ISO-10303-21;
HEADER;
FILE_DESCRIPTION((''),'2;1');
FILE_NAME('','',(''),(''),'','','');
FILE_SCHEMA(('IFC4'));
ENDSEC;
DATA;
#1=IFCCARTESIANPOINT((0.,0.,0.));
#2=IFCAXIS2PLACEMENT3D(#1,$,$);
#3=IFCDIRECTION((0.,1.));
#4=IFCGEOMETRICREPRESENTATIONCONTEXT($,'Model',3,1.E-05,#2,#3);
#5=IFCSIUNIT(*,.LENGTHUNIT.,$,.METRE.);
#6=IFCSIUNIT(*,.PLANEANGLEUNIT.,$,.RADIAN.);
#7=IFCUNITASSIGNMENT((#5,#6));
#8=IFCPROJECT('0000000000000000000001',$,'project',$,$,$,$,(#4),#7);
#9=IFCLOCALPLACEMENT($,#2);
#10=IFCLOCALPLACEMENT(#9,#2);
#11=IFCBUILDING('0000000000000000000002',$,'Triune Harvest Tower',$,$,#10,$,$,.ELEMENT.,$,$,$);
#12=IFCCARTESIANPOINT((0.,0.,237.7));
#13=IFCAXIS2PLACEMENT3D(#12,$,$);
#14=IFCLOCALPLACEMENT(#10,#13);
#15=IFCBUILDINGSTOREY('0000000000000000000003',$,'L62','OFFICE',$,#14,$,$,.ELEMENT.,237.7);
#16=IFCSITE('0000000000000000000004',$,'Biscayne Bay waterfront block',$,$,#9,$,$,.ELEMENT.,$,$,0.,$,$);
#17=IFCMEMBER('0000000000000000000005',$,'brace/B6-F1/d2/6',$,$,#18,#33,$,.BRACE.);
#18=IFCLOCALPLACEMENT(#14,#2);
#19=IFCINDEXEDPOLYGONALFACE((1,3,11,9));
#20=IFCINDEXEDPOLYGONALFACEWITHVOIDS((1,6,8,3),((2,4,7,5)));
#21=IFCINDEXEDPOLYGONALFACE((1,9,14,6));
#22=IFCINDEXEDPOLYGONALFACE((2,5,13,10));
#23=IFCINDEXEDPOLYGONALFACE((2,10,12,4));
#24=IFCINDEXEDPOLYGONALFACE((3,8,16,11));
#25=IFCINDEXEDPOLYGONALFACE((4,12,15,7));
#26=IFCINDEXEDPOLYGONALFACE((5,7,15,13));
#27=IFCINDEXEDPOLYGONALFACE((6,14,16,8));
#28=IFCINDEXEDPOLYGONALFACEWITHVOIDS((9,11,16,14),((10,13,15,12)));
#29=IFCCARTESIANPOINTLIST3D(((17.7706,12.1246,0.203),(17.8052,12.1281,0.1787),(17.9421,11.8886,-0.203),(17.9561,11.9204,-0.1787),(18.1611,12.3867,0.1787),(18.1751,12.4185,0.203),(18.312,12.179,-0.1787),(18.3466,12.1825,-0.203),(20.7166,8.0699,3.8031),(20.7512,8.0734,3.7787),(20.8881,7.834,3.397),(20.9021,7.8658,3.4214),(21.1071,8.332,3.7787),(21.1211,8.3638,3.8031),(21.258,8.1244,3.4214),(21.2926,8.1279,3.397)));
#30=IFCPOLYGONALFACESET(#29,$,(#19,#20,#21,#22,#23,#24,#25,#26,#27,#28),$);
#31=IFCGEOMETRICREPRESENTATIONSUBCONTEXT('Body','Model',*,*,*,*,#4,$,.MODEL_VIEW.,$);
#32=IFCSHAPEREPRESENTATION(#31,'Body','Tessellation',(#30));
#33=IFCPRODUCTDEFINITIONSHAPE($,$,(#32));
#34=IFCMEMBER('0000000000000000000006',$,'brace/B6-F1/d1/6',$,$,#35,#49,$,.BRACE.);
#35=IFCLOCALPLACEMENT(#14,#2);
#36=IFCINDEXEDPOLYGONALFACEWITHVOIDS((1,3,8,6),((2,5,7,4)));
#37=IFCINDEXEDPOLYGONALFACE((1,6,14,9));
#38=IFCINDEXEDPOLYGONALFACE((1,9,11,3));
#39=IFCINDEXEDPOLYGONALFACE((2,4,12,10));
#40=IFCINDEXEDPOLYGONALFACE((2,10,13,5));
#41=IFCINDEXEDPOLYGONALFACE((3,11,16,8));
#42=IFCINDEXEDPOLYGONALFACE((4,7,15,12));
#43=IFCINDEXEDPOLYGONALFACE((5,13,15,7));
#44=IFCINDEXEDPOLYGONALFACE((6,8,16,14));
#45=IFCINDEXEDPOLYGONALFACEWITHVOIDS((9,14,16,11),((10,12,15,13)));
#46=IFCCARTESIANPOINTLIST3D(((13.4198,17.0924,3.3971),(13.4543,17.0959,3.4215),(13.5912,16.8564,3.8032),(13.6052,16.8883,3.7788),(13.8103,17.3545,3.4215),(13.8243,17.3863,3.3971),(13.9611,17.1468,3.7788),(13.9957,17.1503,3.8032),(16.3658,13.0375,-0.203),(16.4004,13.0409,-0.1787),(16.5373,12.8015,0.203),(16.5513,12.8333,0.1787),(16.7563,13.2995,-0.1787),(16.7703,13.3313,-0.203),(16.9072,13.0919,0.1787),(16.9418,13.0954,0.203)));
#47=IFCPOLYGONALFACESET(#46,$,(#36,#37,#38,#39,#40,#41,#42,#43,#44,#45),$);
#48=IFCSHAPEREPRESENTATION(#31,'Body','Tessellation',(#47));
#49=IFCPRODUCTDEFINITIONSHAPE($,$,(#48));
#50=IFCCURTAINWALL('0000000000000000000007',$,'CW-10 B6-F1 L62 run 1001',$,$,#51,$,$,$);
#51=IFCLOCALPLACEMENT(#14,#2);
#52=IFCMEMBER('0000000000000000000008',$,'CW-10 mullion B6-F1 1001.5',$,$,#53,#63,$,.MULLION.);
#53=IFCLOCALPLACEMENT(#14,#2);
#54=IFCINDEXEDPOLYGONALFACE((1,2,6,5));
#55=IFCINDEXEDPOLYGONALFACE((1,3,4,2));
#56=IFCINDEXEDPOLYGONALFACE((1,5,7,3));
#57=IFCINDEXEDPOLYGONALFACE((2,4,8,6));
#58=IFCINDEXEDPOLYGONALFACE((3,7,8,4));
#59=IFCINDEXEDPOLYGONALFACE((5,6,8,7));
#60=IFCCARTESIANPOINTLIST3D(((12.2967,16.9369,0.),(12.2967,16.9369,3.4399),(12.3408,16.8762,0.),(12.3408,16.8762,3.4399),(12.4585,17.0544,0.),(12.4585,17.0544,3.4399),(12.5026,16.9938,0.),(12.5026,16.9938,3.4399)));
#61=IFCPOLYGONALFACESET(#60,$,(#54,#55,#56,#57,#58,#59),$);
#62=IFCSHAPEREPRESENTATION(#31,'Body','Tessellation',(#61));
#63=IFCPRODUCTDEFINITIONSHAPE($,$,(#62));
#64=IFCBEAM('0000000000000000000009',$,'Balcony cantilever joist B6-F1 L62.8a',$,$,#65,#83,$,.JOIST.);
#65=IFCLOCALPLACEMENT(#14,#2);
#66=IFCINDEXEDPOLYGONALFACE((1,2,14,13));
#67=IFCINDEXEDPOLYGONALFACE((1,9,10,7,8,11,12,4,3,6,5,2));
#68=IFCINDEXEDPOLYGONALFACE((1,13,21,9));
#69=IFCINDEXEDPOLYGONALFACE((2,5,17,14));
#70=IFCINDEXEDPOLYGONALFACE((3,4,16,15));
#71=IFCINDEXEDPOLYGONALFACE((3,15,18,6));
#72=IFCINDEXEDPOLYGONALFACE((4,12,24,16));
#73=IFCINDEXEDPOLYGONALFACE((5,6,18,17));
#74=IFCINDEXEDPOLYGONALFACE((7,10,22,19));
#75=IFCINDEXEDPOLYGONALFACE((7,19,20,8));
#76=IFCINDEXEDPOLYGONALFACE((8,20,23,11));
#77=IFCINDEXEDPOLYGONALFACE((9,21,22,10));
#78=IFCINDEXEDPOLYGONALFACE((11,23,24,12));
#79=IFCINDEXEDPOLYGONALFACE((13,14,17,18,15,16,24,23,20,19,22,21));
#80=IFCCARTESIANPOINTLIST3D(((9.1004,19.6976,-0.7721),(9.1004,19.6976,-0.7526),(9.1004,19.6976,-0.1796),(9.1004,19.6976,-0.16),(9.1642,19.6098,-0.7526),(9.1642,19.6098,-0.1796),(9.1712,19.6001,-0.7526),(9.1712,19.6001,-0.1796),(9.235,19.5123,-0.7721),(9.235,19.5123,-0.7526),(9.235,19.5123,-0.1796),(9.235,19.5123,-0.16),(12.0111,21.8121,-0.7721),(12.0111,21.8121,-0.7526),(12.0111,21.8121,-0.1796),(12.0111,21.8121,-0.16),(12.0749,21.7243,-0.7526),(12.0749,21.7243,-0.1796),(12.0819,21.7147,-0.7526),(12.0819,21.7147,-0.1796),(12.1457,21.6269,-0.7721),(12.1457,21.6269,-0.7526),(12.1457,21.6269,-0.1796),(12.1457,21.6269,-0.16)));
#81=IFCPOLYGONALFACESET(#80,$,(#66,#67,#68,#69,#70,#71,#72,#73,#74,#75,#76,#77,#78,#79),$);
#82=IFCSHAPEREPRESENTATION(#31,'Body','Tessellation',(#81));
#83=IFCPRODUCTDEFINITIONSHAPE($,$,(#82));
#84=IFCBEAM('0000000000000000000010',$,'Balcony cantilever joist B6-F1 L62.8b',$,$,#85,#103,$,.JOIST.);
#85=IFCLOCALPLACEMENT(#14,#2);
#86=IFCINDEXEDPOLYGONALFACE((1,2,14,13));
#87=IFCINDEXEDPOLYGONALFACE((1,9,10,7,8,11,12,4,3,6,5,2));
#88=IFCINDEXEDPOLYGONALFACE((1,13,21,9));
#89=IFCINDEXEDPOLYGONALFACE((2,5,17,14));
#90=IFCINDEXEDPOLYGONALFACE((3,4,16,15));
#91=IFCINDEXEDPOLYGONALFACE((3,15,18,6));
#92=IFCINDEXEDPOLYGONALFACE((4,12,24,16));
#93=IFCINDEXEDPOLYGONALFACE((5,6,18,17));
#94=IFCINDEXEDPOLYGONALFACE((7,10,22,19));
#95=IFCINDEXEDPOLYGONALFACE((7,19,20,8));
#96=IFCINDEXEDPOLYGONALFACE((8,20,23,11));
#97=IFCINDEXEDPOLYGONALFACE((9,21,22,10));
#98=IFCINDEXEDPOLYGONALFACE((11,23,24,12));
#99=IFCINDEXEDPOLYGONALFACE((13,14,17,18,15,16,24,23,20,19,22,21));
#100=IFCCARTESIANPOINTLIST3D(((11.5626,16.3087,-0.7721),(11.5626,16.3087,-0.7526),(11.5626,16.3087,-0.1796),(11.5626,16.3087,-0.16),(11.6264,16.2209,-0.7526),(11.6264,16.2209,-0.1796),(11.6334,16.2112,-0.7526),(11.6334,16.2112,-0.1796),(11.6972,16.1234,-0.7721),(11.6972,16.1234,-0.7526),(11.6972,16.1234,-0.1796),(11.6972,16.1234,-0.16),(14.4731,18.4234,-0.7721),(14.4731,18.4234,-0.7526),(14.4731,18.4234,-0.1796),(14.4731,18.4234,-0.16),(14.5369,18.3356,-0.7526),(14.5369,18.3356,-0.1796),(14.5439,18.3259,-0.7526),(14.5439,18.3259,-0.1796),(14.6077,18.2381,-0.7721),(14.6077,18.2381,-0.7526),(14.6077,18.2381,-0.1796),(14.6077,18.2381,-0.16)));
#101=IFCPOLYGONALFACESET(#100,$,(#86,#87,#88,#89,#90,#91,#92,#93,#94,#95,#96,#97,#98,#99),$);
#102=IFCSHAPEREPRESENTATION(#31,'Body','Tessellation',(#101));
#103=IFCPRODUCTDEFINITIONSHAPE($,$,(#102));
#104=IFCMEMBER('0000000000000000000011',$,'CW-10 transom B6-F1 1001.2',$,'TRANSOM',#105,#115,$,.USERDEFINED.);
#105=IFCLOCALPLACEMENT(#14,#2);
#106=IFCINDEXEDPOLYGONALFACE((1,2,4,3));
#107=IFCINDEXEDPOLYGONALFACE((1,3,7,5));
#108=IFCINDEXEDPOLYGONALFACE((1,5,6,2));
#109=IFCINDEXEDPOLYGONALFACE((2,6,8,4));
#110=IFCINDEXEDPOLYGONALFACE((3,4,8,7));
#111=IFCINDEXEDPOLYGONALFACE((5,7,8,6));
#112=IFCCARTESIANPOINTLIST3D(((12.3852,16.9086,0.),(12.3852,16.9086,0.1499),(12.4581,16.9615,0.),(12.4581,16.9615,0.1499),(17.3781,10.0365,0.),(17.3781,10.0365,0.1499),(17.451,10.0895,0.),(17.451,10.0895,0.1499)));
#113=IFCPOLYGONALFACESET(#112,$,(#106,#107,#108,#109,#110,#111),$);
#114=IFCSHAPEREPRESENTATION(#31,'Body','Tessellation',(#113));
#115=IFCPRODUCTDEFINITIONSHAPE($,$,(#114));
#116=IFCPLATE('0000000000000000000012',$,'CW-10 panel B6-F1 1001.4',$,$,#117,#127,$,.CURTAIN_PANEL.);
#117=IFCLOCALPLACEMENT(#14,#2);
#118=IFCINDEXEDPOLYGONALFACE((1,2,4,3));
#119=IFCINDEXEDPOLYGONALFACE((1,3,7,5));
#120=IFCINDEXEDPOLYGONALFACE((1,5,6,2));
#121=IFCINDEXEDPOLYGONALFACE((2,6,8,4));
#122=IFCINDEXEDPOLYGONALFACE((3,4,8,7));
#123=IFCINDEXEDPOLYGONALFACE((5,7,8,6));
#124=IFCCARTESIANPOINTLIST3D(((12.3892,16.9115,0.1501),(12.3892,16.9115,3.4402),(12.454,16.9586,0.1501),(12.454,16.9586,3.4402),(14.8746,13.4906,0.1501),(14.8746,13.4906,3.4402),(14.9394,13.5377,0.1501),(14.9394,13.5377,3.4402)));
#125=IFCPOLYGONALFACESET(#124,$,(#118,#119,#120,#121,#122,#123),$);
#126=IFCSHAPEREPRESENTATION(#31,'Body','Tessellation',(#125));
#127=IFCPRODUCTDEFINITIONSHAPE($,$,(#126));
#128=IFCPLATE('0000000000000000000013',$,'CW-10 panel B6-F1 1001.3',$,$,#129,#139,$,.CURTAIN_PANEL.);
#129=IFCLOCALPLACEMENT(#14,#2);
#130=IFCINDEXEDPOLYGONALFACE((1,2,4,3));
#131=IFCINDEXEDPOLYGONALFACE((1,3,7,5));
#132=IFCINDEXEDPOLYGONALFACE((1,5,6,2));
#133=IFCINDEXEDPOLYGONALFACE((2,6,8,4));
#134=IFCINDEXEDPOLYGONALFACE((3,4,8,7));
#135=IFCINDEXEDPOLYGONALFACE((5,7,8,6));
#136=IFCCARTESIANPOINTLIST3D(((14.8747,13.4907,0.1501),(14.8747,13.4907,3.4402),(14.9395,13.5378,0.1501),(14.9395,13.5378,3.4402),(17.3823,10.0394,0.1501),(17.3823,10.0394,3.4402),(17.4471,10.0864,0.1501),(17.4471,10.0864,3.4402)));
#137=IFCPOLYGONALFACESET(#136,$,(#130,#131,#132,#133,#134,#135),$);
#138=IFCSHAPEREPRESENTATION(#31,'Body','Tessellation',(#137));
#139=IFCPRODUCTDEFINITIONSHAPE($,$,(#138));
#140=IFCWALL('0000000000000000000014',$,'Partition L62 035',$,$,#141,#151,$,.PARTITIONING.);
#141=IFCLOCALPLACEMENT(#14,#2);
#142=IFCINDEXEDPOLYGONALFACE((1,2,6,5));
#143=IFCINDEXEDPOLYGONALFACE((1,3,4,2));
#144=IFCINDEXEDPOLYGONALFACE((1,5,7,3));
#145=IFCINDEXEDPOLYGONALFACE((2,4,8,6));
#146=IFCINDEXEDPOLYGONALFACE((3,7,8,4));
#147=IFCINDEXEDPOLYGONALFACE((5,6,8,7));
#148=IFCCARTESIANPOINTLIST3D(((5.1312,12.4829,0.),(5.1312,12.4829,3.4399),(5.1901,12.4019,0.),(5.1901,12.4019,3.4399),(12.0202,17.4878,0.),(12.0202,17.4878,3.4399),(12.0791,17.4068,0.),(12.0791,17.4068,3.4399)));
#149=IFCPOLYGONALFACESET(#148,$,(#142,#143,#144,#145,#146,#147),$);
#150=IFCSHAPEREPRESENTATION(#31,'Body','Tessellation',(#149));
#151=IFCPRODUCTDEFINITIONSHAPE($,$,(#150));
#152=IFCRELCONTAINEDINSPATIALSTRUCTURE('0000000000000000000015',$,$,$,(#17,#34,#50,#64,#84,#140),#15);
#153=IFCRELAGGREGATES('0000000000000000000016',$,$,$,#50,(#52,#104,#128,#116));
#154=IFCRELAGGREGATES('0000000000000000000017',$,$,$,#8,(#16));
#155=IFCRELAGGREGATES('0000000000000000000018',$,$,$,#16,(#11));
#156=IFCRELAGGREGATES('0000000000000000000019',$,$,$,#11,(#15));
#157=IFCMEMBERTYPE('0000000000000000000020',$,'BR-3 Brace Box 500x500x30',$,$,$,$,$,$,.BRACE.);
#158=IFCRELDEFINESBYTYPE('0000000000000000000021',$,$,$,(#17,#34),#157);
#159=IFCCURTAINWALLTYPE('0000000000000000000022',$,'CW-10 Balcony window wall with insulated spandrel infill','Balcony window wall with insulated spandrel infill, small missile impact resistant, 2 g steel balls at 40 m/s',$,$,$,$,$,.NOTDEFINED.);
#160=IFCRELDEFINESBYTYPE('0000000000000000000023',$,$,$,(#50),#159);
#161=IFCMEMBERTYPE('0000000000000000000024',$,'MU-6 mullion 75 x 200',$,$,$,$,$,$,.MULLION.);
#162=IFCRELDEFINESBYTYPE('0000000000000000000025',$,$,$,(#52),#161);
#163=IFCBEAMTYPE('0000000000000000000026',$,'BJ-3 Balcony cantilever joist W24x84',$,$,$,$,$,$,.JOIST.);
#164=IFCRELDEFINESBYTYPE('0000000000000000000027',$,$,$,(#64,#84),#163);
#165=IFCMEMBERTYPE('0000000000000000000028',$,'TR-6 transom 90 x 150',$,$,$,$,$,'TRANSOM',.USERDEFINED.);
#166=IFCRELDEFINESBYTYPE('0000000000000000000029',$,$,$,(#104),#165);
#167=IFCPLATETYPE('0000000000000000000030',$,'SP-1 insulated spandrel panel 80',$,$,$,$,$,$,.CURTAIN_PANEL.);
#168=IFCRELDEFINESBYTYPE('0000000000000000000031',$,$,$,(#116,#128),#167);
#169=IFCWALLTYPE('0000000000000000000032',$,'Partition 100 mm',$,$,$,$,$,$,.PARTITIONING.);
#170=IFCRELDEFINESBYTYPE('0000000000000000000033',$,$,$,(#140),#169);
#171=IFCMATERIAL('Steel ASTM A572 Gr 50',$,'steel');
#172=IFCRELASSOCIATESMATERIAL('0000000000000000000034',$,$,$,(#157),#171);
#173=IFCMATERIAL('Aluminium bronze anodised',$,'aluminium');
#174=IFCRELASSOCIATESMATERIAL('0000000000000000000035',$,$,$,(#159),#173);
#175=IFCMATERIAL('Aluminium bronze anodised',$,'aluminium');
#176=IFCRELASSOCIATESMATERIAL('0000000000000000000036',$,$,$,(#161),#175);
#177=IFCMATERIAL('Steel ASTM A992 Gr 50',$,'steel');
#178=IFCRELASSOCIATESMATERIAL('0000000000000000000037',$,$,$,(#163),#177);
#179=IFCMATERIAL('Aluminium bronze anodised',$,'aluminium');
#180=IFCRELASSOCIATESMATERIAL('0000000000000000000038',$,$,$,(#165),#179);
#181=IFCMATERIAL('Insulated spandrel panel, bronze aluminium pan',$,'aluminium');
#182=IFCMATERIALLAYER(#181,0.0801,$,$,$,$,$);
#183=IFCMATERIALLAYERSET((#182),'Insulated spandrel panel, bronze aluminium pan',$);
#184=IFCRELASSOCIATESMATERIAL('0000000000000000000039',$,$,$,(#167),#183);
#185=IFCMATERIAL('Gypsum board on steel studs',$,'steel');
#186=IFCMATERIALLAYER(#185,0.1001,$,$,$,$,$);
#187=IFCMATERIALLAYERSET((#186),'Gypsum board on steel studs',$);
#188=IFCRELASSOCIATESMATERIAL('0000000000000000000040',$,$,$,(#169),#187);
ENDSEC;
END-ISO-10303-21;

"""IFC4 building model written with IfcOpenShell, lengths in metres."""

from ifc_helpers import new_model, si_unit, direction, frame, frame_2d, origin, origin_2d, place, context, subcontext, project, spatial, rectangle, hollow_rectangle, i_section, extrude, source, transform, mapped, material, layer, layer_set, material_profile, profile_set, type_object, element, aggregate, save


model = new_model("IFC4")

# Units and contexts
model_context = context("Model", 3, precision=1e-05, world=origin(), true_north=direction((0.0, 1.0)))
body_context = subcontext(model_context, "Body", "Model", "MODEL_VIEW")
ifc_project = project(units=[si_unit("LENGTHUNIT", "METRE"), si_unit("PLANEANGLEUNIT", "RADIAN")], contexts=[model_context])

# Site, building, storey
site_placement = place(None, origin())
site = spatial("IfcSite", under=ifc_project, at=site_placement, Name="Biscayne Bay waterfront block", CompositionType="ELEMENT", RefElevation=0.0)
building_placement = place(site_placement, origin())
building = spatial("IfcBuilding", under=site, at=building_placement, Name="Triune Harvest Tower", CompositionType="ELEMENT")
storey_placement = place(building_placement, frame((0.0, 0.0, 237.7)))
storey = spatial("IfcBuildingStorey", under=building, at=storey_placement, Name="L62", Description="OFFICE", CompositionType="ELEMENT", Elevation=237.7)

# Members
ifc_material_1 = material(Name="Steel ASTM A572 Gr 50", Category="steel")
ifc_material_profile_1 = material_profile(ifc_material_1, hollow_rectangle(XDim=0.5, YDim=0.5, WallThickness=0.03, at=origin_2d()), Name="Box 500x500x30")
ifc_profile_set_1 = profile_set([ifc_material_profile_1], Name="Steel ASTM A572 Gr 50")
member_type_1 = type_object("IfcMemberType", Name="BR-3 Brace Box 500x500x30", PredefinedType="BRACE", material=ifc_profile_set_1)
shared_shape_1 = source(origin(), body_context, "Body", "SweptSolid", [
    extrude(hollow_rectangle(XDim=0.5, YDim=0.5, WallThickness=0.03, at=origin_2d()), origin(), (0.0, 0.0, 1.0), 6.1709),
])
member_1_placement = place(storey_placement, frame((18.0586, 12.1536, 0.0), z_axis=(0.477407, -0.657063, 0.583396), x_axis=(0.809004, 0.587804, 0.0)))
element("IfcMember", 1, at=member_1_placement, inside=storey, type_object=member_type_1, Name="brace/B6-F1/d2/6", PredefinedType="BRACE", context=body_context, shape_type="MappedRepresentation", body=[
    mapped(shared_shape_1, transform((0.0, 0.0, 0.0), scale=1.0)),
])
shared_shape_2 = source(origin(), body_context, "Body", "SweptSolid", [
    extrude(hollow_rectangle(XDim=0.5, YDim=0.5, WallThickness=0.03, at=origin_2d()), origin(), (0.0, 0.0, 1.0), 6.1711),
])
member_2_placement = place(storey_placement, frame((16.6538, 13.0664, 0.0), z_axis=(-0.477395, 0.657085, 0.583381), x_axis=(-0.80902, -0.587781, 0.0)))
element("IfcMember", 2, at=member_2_placement, inside=storey, type_object=member_type_1, Name="brace/B6-F1/d1/6", PredefinedType="BRACE", context=body_context, shape_type="MappedRepresentation", body=[
    mapped(shared_shape_2, transform((0.0, 0.0, 0.0), scale=1.0)),
])

# Curtain wall, member
ifc_material_2 = material(Name="Aluminium bronze anodised", Category="aluminium")
curtain_wall_type = type_object("IfcCurtainWallType", Name="CW-10 Balcony window wall with insulated spandrel infill", Description="Balcony window wall with insulated spandrel infill, small missile impact resistant, 2 g steel balls at 40 m/s", PredefinedType="NOTDEFINED", material=ifc_material_2)
curtain_wall_placement = place(storey_placement, origin())
curtain_wall = element("IfcCurtainWall", 3, at=curtain_wall_placement, inside=storey, type_object=curtain_wall_type, Name="CW-10 B6-F1 L62 run 1001")
ifc_material_3 = material(Name="Aluminium bronze anodised", Category="aluminium")
ifc_material_profile_2 = material_profile(ifc_material_3, rectangle(XDim=0.2, YDim=0.075, at=origin_2d()), Name="MU-6 mullion 75 x 200")
ifc_profile_set_2 = profile_set([ifc_material_profile_2], Name="Aluminium bronze anodised")
member_type_2 = type_object("IfcMemberType", Name="MU-6 mullion 75 x 200", PredefinedType="MULLION", material=ifc_profile_set_2)
shared_shape_3 = source(origin(), body_context, "Body", "SweptSolid", [
    extrude(rectangle(XDim=0.2, YDim=0.075, at=origin_2d()), origin(), (0.0, 0.0, 1.0), 3.4399),
])
member_3_placement = place(storey_placement, frame((12.3997, 16.9653, 0.0), z_axis=(0.0, 0.0, 1.0), x_axis=(-0.809018, -0.587784, 0.0)))
member_3 = element("IfcMember", 4, at=member_3_placement, type_object=member_type_2, Name="CW-10 mullion B6-F1 1001.5", PredefinedType="MULLION", context=body_context, shape_type="MappedRepresentation", body=[
    mapped(shared_shape_3, transform((0.0, 0.0, 0.0), scale=1.0)),
])

# Beams
ifc_material_4 = material(Name="Steel ASTM A992 Gr 50", Category="steel")
ifc_material_profile_3 = material_profile(ifc_material_4, i_section(OverallWidth=0.229, OverallDepth=0.6121, WebThickness=0.012, FlangeThickness=0.0195, at=origin_2d()), Name="W24x84")
ifc_profile_set_3 = profile_set([ifc_material_profile_3], Name="Steel ASTM A992 Gr 50")
beam_type_1 = type_object("IfcBeamType", Name="BJ-3 Balcony cantilever joist W24x84", PredefinedType="JOIST", material=ifc_profile_set_3)
shared_shape_4 = source(origin(), body_context, "Body", "SweptSolid", [
    extrude(i_section(OverallWidth=0.229, OverallDepth=0.6121, WebThickness=0.012, FlangeThickness=0.0195, at=origin_2d()), origin(), (0.0, 0.0, 1.0), 3.5977),
])
for number, where, z_axis, x_axis, name in (
    (5, (9.1677, 19.605, -0.4661), (0.809044, 0.587748, 0.0), (-0.587748, 0.809044, 0.0), "Balcony cantilever joist B6-F1 L62.8a"),
    (6, (11.6299, 16.2161, -0.4661), (0.809012, 0.587792, 0.0), (-0.587792, 0.809012, 0.0), "Balcony cantilever joist B6-F1 L62.8b"),
):
    element("IfcBeam", number, at=place(storey_placement, frame(where, z_axis=z_axis, x_axis=x_axis)), inside=storey, type_object=beam_type_1, Name=name, PredefinedType="JOIST", context=body_context, shape_type="MappedRepresentation", body=[
        mapped(shared_shape_4, transform((0.0, 0.0, 0.0), scale=1.0)),
    ])

# Member
ifc_material_5 = material(Name="Aluminium bronze anodised", Category="aluminium")
ifc_material_profile_4 = material_profile(ifc_material_5, rectangle(XDim=0.0901, YDim=0.1499, at=origin_2d()), Name="TR-6 transom 90 x 150")
ifc_profile_set_4 = profile_set([ifc_material_profile_4], Name="Aluminium bronze anodised")
member_type_3 = type_object("IfcMemberType", Name="TR-6 transom 90 x 150", ElementType="TRANSOM", PredefinedType="USERDEFINED", material=ifc_profile_set_4)
shared_shape_5 = source(origin(), body_context, "Body", "SweptSolid", [
    extrude(rectangle(XDim=0.0901, YDim=0.1499, at=origin_2d()), origin(), (0.0, 0.0, 1.0), 8.4944),
])
member_4_placement = place(storey_placement, frame((17.4146, 10.063, 0.075), z_axis=(-0.587791, 0.809013, 0.0), x_axis=(-0.809013, -0.587791, 0.0)))
member_4 = element("IfcMember", 7, at=member_4_placement, type_object=member_type_3, Name="CW-10 transom B6-F1 1001.2", ObjectType="TRANSOM", PredefinedType="USERDEFINED", context=body_context, shape_type="MappedRepresentation", body=[
    mapped(shared_shape_5, transform((0.0, 0.0, 0.0), scale=1.0)),
])

# Plates
ifc_material_6 = material(Name="Insulated spandrel panel, bronze aluminium pan", Category="aluminium")
ifc_layer_1 = layer(ifc_material_6, 0.0801)
ifc_layer_set_1 = layer_set([ifc_layer_1], Name="Insulated spandrel panel, bronze aluminium pan")
plate_type = type_object("IfcPlateType", Name="SP-1 insulated spandrel panel 80", PredefinedType="CURTAIN_PANEL", material=ifc_layer_set_1)
shared_shape_6 = source(origin(), body_context, "Body", "SweptSolid", [
    extrude(rectangle(XDim=4.2285, YDim=0.0801, at=origin_2d()), origin(), (0.0, 0.0, 1.0), 3.29),
])
plate_1_placement = place(storey_placement, frame((13.6643, 15.2246, 0.1501), z_axis=(0.0, 0.0, 1.0), x_axis=(-0.587784, 0.809018, 0.0)))
plate_1 = element("IfcPlate", 8, at=plate_1_placement, type_object=plate_type, Name="CW-10 panel B6-F1 1001.4", PredefinedType="CURTAIN_PANEL", context=body_context, shape_type="MappedRepresentation", body=[
    mapped(shared_shape_6, transform((0.0, 0.0, 0.0), scale=1.0)),
])
shared_shape_7 = source(origin(), body_context, "Body", "SweptSolid", [
    extrude(rectangle(XDim=4.2661, YDim=0.0801, at=origin_2d()), origin(), (0.0, 0.0, 1.0), 3.29),
])
plate_2_placement = place(storey_placement, frame((16.1609, 11.7886, 0.1501), z_axis=(0.0, 0.0, 1.0), x_axis=(-0.587784, 0.809018, 0.0)))
plate_2 = element("IfcPlate", 9, at=plate_2_placement, type_object=plate_type, Name="CW-10 panel B6-F1 1001.3", PredefinedType="CURTAIN_PANEL", context=body_context, shape_type="MappedRepresentation", body=[
    mapped(shared_shape_7, transform((0.0, 0.0, 0.0), scale=1.0)),
])
aggregate(curtain_wall, [member_3, member_4, plate_2, plate_1])

# Wall
ifc_material_7 = material(Name="Gypsum board on steel studs", Category="steel")
ifc_layer_2 = layer(ifc_material_7, 0.1001)
ifc_layer_set_2 = layer_set([ifc_layer_2], Name="Gypsum board on steel studs")
wall_type_1 = type_object("IfcWallType", Name="Partition 100 mm", PredefinedType="PARTITIONING", material=ifc_layer_set_2)
wall_1_placement = place(storey_placement, frame((5.1606, 12.4424, 0.0), z_axis=(0.0, 0.0, 1.0), x_axis=(0.809029, 0.587769, 0.0)))
element("IfcWall", 10, at=wall_1_placement, inside=storey, type_object=wall_type_1, Name="Partition L62 035", PredefinedType="PARTITIONING", context=body_context, shape_type="SweptSolid", body=[
    extrude(rectangle(XDim=8.5151, YDim=0.1001, at=frame_2d((4.2576, 0.0))), origin(), (0.0, 0.0, 1.0), 3.4399),
])

save(model, "model.ifc")
